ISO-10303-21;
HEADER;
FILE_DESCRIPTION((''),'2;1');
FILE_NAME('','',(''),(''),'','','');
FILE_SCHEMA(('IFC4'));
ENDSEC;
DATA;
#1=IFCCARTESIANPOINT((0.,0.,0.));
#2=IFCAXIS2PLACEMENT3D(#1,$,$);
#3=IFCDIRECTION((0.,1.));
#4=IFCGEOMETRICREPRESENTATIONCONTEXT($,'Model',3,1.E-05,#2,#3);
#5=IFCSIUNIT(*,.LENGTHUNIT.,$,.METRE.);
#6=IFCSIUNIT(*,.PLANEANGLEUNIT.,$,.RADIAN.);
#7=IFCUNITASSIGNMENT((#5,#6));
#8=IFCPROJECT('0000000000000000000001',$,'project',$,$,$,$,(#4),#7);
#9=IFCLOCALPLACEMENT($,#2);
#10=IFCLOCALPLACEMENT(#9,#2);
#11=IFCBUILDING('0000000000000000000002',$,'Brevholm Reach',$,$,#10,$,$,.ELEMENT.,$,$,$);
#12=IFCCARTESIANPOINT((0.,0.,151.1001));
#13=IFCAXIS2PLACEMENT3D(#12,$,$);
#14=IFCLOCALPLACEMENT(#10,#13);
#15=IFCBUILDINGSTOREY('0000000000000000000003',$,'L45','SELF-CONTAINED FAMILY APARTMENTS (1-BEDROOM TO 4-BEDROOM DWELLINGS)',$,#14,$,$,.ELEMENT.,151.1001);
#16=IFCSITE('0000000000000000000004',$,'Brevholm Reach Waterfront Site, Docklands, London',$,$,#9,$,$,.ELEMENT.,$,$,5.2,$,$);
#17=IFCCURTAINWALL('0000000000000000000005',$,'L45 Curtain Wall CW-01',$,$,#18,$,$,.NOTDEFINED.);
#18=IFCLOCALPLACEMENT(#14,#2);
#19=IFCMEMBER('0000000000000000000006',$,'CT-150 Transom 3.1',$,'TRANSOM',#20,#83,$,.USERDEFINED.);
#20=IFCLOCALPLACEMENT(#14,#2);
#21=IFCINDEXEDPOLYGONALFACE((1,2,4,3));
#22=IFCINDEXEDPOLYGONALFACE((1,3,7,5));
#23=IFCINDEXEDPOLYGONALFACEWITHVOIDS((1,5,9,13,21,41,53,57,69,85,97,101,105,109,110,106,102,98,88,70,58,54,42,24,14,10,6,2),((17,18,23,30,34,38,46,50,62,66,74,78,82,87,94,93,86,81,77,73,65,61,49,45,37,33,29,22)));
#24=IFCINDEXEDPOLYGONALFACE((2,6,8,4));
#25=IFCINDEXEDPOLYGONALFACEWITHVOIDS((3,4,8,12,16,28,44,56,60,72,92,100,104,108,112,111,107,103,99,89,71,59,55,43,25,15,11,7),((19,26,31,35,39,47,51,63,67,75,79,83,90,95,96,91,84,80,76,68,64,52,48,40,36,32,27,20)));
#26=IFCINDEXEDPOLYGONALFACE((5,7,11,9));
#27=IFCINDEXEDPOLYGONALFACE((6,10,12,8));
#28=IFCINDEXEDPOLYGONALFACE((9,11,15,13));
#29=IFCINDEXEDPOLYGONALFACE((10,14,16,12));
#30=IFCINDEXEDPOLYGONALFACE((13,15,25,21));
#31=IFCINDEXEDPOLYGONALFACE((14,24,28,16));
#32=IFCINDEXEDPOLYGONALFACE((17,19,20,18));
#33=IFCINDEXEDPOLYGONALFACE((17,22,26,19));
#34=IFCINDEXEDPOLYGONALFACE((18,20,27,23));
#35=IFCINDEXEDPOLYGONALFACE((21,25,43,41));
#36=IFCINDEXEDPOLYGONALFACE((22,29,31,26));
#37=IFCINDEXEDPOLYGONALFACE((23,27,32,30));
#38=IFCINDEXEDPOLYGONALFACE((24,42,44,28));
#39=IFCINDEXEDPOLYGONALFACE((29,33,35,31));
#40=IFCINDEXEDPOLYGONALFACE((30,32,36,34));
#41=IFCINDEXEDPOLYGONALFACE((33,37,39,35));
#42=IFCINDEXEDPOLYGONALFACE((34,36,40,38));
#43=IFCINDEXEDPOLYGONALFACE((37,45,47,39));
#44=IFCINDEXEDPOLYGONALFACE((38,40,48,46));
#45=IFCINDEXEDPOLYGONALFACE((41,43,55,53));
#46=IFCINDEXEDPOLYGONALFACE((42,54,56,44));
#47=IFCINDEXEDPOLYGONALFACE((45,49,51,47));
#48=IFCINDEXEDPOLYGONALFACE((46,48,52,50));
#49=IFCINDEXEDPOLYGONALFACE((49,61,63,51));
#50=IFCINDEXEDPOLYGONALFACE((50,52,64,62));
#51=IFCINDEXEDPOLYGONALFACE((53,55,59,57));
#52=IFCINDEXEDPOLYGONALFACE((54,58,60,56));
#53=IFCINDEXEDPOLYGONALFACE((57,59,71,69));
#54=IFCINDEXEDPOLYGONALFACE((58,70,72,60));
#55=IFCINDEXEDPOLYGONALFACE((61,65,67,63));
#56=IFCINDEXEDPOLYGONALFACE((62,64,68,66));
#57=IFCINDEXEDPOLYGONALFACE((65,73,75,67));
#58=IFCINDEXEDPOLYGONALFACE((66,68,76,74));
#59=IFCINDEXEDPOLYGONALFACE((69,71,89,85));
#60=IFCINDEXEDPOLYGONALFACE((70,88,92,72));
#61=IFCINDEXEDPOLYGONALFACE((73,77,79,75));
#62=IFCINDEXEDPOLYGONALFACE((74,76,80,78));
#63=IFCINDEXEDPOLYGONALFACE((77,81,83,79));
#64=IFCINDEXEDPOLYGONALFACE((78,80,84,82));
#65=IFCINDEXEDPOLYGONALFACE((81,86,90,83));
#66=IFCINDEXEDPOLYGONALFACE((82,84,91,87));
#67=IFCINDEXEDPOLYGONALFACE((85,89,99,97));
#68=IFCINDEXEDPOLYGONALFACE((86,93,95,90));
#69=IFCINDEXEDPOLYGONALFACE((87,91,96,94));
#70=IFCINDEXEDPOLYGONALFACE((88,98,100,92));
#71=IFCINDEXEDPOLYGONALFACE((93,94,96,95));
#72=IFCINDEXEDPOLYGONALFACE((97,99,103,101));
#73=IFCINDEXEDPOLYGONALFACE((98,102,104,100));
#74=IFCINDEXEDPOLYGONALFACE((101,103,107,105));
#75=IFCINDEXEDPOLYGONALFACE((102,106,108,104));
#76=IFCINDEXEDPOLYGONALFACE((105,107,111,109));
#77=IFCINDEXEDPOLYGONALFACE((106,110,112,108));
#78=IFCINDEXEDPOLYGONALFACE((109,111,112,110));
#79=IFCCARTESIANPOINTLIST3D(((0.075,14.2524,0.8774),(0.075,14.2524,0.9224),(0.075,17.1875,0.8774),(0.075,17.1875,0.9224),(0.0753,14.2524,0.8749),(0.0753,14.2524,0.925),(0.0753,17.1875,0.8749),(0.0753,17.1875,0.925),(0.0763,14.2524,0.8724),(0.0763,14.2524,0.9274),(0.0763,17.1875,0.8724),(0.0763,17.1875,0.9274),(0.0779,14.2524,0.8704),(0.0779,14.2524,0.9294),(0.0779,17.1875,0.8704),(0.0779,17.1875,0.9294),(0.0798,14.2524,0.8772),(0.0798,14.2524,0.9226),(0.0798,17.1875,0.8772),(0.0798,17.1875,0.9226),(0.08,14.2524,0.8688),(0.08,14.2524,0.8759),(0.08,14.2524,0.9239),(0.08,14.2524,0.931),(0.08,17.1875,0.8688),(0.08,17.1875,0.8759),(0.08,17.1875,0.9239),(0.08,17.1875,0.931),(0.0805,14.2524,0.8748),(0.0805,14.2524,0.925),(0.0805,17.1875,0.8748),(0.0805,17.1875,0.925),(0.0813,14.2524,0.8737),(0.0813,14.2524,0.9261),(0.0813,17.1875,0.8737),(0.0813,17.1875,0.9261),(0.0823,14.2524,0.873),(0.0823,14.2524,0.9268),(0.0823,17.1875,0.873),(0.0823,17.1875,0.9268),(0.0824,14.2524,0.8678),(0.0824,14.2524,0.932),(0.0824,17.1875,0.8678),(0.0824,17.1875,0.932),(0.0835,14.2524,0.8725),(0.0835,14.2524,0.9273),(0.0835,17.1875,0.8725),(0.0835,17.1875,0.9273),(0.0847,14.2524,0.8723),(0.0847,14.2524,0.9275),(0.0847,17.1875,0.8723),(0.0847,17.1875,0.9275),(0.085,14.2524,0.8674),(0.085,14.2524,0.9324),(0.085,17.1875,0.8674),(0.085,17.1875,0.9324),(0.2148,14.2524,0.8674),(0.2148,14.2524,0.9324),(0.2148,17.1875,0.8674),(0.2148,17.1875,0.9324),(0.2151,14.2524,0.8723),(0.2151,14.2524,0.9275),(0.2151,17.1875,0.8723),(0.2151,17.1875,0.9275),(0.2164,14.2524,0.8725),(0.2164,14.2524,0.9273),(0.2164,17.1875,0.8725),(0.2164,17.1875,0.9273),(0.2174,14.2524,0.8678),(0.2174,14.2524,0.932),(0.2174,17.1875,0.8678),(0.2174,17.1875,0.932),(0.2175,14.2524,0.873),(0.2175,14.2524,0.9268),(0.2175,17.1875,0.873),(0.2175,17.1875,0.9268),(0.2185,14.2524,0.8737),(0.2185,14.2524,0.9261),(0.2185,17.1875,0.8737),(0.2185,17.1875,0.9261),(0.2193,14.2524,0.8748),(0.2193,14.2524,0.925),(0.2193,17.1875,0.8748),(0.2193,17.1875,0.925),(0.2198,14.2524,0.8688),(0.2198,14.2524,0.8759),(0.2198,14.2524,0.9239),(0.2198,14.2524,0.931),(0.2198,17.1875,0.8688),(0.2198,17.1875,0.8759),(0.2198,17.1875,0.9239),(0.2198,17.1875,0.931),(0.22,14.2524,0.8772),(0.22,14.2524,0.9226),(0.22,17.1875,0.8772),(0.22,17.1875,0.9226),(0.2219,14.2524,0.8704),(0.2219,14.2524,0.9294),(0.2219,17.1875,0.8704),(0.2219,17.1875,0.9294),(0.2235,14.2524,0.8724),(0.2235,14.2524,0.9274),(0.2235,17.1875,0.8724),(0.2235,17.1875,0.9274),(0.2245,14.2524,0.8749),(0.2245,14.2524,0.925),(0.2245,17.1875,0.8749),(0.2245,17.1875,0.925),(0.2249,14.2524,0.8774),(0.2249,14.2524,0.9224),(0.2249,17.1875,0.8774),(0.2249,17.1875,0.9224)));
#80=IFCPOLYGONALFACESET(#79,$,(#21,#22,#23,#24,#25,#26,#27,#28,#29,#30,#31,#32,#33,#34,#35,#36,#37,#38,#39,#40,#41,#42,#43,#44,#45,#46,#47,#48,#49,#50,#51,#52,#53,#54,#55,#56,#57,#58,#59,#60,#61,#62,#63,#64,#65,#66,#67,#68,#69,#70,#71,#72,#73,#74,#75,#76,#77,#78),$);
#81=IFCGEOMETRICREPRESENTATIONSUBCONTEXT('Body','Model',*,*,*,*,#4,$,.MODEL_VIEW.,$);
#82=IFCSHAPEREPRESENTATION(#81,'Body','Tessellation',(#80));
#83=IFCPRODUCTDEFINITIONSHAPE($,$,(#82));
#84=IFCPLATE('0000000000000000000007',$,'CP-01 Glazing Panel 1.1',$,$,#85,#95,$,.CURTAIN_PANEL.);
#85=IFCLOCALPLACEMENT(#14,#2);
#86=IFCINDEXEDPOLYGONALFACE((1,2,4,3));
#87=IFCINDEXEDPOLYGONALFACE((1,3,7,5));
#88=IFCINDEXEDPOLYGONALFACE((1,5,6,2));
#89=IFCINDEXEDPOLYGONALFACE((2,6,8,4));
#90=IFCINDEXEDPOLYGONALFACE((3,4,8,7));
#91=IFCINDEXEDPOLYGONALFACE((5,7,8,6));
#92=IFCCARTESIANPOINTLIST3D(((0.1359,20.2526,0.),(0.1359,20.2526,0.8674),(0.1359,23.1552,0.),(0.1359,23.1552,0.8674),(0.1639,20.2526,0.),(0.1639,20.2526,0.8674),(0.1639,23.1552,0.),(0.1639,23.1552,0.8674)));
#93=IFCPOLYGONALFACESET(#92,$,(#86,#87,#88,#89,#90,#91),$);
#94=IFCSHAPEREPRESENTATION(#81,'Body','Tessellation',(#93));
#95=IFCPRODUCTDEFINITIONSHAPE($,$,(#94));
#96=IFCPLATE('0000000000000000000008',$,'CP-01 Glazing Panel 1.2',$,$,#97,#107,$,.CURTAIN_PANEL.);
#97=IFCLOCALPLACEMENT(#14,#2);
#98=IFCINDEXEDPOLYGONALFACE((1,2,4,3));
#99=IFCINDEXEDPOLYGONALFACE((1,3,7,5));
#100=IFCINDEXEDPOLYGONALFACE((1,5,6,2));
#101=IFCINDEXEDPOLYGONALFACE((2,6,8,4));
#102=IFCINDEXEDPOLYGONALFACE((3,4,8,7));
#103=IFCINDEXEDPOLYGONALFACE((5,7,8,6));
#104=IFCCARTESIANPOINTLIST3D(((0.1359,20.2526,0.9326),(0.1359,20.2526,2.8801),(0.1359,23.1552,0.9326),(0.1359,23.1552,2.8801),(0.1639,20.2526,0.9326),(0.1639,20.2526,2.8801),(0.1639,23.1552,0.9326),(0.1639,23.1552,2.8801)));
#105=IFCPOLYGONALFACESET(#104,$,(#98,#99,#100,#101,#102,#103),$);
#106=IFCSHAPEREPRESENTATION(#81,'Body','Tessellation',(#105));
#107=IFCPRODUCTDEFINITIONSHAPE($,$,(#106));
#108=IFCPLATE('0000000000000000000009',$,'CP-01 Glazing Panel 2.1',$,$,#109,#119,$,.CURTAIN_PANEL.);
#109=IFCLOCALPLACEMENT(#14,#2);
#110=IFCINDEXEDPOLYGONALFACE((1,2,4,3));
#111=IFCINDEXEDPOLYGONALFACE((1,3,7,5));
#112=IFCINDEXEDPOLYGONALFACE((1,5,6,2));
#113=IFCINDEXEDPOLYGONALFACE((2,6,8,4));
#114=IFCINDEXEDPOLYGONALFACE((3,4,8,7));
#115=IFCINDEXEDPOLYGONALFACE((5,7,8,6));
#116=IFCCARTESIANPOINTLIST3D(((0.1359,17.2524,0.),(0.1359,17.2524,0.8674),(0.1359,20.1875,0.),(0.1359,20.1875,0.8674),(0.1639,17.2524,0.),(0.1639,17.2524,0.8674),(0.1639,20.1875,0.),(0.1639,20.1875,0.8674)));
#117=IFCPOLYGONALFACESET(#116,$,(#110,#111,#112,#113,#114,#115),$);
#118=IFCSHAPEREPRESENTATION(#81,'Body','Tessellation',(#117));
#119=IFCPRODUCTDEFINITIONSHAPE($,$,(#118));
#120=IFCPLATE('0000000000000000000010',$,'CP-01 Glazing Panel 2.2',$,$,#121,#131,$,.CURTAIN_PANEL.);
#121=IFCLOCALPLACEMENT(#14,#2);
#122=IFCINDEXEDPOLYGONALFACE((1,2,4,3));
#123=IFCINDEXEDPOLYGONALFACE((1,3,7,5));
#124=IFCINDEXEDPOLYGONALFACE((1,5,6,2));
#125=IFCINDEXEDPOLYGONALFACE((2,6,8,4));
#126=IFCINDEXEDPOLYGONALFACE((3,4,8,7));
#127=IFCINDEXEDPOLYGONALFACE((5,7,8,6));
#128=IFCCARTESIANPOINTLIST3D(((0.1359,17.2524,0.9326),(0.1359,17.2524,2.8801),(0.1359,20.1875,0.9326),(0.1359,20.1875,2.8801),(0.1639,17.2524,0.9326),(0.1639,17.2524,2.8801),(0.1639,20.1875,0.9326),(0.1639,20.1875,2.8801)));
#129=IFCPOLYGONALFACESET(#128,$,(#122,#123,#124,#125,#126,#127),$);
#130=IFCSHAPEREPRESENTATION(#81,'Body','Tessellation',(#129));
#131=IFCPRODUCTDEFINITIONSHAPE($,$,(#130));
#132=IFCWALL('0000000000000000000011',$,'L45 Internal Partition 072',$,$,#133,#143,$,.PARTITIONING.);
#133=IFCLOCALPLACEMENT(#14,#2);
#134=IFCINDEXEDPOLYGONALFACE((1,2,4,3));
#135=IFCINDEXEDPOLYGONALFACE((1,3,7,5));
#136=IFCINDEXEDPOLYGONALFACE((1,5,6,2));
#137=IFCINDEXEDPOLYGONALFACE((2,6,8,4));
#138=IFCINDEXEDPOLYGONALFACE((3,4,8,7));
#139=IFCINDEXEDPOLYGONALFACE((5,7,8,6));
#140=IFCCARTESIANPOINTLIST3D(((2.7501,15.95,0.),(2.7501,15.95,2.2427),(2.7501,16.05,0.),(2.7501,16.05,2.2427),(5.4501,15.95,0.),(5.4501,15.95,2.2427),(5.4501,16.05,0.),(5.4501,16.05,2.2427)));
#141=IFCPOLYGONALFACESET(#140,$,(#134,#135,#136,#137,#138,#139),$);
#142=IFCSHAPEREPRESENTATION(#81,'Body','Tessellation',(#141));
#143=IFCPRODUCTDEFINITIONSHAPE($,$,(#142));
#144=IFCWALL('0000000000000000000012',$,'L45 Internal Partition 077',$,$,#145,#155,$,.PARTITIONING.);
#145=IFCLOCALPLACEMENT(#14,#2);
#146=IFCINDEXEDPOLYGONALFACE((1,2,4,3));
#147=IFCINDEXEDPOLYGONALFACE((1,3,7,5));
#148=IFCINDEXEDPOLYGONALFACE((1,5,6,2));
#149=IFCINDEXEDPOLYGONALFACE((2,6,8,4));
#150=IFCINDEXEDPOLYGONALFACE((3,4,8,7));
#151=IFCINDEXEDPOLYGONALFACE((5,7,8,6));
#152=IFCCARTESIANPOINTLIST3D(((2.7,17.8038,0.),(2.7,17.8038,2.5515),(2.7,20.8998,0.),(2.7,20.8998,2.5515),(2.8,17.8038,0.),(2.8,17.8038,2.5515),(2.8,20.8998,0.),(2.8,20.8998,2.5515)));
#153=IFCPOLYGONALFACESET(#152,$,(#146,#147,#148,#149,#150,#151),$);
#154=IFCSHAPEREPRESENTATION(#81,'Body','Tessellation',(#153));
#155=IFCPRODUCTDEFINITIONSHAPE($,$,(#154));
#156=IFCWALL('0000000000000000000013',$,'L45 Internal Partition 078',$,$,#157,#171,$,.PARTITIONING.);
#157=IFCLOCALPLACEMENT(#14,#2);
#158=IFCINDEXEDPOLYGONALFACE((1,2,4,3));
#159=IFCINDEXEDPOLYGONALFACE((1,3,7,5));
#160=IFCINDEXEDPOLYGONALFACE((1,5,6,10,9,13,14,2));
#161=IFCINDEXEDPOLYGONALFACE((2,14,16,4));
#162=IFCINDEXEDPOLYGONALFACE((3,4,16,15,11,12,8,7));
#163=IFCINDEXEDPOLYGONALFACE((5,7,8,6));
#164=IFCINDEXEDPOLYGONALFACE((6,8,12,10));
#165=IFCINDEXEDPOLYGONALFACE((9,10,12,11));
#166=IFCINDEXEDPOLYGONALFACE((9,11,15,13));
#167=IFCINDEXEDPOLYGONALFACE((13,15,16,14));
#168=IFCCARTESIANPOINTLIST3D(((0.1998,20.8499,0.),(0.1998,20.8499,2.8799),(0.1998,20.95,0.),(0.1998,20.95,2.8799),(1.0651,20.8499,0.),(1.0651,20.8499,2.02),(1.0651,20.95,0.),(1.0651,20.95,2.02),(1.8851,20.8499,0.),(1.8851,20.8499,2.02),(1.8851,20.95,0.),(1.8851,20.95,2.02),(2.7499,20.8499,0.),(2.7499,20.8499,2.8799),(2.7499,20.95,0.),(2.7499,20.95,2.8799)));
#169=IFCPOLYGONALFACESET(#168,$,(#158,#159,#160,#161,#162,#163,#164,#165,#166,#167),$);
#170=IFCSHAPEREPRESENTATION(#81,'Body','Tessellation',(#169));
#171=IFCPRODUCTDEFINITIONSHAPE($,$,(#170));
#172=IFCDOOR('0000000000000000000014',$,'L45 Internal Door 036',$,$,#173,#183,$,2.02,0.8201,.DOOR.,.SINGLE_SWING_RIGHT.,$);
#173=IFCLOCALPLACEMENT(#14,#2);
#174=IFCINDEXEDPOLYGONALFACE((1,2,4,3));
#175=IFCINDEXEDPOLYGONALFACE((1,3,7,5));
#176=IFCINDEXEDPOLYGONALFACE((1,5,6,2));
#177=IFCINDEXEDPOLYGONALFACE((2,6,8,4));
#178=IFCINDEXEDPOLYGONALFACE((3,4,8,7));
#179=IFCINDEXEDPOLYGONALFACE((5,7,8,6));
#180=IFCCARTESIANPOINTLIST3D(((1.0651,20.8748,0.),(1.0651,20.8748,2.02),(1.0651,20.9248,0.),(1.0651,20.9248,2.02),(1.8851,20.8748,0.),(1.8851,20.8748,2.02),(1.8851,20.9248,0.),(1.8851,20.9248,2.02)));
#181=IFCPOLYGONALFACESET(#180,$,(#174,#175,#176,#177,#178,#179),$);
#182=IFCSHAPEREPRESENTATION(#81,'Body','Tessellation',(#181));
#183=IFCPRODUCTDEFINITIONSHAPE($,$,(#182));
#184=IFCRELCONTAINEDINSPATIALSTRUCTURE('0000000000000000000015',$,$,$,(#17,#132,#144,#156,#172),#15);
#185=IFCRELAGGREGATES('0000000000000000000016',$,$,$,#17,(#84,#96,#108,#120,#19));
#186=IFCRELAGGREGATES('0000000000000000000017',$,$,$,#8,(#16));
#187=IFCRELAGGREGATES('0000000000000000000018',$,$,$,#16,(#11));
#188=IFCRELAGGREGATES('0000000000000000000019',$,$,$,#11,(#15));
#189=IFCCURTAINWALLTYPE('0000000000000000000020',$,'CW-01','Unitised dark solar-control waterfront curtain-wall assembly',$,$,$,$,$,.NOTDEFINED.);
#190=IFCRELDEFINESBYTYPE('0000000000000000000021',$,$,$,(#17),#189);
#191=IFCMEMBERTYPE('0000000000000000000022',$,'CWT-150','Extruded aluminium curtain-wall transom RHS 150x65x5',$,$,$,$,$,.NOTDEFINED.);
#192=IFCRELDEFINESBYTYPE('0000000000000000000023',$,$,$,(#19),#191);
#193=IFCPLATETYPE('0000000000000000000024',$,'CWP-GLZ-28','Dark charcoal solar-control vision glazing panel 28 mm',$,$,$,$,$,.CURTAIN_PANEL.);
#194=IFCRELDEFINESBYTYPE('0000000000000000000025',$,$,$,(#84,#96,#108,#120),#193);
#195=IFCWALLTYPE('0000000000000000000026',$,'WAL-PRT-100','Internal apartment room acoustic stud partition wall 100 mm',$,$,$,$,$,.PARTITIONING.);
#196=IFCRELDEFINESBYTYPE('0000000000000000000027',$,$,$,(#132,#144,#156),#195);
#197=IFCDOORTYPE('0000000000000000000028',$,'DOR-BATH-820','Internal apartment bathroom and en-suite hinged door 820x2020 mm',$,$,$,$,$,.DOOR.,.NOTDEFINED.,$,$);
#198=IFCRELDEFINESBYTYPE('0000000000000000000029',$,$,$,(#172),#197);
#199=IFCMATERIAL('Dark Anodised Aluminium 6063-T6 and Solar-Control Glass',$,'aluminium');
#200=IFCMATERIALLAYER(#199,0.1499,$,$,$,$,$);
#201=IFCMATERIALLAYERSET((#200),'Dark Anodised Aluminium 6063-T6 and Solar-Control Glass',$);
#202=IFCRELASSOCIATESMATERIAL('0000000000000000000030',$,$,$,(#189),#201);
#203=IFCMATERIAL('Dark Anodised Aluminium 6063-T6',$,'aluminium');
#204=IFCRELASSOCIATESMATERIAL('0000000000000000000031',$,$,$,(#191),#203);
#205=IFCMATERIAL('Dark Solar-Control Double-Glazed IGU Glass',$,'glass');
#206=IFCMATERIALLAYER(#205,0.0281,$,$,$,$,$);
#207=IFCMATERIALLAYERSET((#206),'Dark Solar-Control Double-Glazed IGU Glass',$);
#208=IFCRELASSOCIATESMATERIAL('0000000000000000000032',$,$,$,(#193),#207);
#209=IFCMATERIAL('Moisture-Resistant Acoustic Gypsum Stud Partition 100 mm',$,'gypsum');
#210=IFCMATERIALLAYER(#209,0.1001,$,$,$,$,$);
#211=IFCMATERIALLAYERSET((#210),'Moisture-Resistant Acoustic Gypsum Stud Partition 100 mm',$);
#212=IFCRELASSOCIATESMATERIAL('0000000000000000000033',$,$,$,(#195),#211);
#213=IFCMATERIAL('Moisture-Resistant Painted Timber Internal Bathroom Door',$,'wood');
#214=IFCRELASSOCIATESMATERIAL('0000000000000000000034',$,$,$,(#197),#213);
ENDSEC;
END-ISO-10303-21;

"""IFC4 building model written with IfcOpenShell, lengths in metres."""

from ifc_helpers import new_model, si_unit, direction, frame, frame_2d, origin, origin_2d, place, context, subcontext, project, spatial, rectangle, hollow_rectangle, extrude, material, layer, layer_set, material_profile, profile_set, type_object, element, fill, aggregate, save


model = new_model("IFC4")

# Units and contexts
model_context = context("Model", 3, precision=1e-05, world=origin(), true_north=direction((0.0, 1.0)))
body_context = subcontext(model_context, "Body", "Model", "MODEL_VIEW")
ifc_project = project(units=[si_unit("LENGTHUNIT", "METRE"), si_unit("PLANEANGLEUNIT", "RADIAN")], contexts=[model_context])

# Site, building, storey
site_placement = place(None, origin())
site = spatial("IfcSite", under=ifc_project, at=site_placement, Name="Brevholm Reach Waterfront Site, Docklands, London", CompositionType="ELEMENT", RefElevation=5.2)
building_placement = place(site_placement, origin())
building = spatial("IfcBuilding", under=site, at=building_placement, Name="Brevholm Reach", CompositionType="ELEMENT")
storey_placement = place(building_placement, frame((0.0, 0.0, 151.1001)))
storey = spatial("IfcBuildingStorey", under=building, at=storey_placement, Name="L45", Description="SELF-CONTAINED FAMILY APARTMENTS (1-BEDROOM TO 4-BEDROOM DWELLINGS)", CompositionType="ELEMENT", Elevation=151.1001)

# Curtain wall, member, plates
ifc_material_1 = material(Name="Dark Anodised Aluminium 6063-T6 and Solar-Control Glass", Category="aluminium")
ifc_layer_1 = layer(ifc_material_1, 0.1499)
ifc_layer_set_1 = layer_set([ifc_layer_1], Name="Dark Anodised Aluminium 6063-T6 and Solar-Control Glass")
curtain_wall_type = type_object("IfcCurtainWallType", Name="CW-01", Description="Unitised dark solar-control waterfront curtain-wall assembly", PredefinedType="NOTDEFINED", material=ifc_layer_set_1)
curtain_wall_placement = place(storey_placement, origin())
curtain_wall = element("IfcCurtainWall", 1, at=curtain_wall_placement, inside=storey, type_object=curtain_wall_type, Name="L45 Curtain Wall CW-01", PredefinedType="NOTDEFINED")
ifc_material_2 = material(Name="Dark Anodised Aluminium 6063-T6", Category="aluminium")
ifc_material_profile_1 = material_profile(ifc_material_2, hollow_rectangle(XDim=0.0649, YDim=0.1499, WallThickness=0.0049, InnerFilletRadius=0.0049, OuterFilletRadius=0.01, at=origin_2d()), Name="RHS 150x65x5")
ifc_profile_set_1 = profile_set([ifc_material_profile_1], Name="Dark Anodised Aluminium 6063-T6")
member_type_1 = type_object("IfcMemberType", Name="CWT-150", Description="Extruded aluminium curtain-wall transom RHS 150x65x5", PredefinedType="NOTDEFINED", material=ifc_profile_set_1)
member_1_placement = place(storey_placement, frame((0.1499, 17.1875, 0.8999), z_axis=(0.0, -1.0, 0.0), x_axis=(0.0, 0.0, 1.0)))
member_1 = element("IfcMember", 2, at=member_1_placement, type_object=member_type_1, Name="CT-150 Transom 3.1", ObjectType="TRANSOM", PredefinedType="USERDEFINED", context=body_context, shape_type="SweptSolid", body=[
    extrude(hollow_rectangle(XDim=0.0649, YDim=0.1499, WallThickness=0.0049, InnerFilletRadius=0.0049, OuterFilletRadius=0.01, at=origin_2d()), origin(), (0.0, 0.0, 1.0), 2.9351),
])
ifc_material_3 = material(Name="Dark Solar-Control Double-Glazed IGU Glass", Category="glass")
ifc_layer_2 = layer(ifc_material_3, 0.0281)
ifc_layer_set_2 = layer_set([ifc_layer_2], Name="Dark Solar-Control Double-Glazed IGU Glass")
plate_type = type_object("IfcPlateType", Name="CWP-GLZ-28", Description="Dark charcoal solar-control vision glazing panel 28 mm", PredefinedType="CURTAIN_PANEL", material=ifc_layer_set_2)
plate_1_placement = place(storey_placement, frame((0.1499, 21.7039, 0.0), z_axis=(0.0, 0.0, 1.0), x_axis=(0.0, -1.0, 0.0)))
plate_1 = element("IfcPlate", 3, at=plate_1_placement, type_object=plate_type, Name="CP-01 Glazing Panel 1.1", PredefinedType="CURTAIN_PANEL", context=body_context, shape_type="SweptSolid", body=[
    extrude(rectangle(XDim=2.9026, YDim=0.0281, at=origin_2d()), origin(), (0.0, 0.0, 1.0), 0.8674),
])
plate_2_placement = place(storey_placement, frame((0.1499, 21.7039, 0.9326), z_axis=(0.0, 0.0, 1.0), x_axis=(0.0, -1.0, 0.0)))
plate_2 = element("IfcPlate", 4, at=plate_2_placement, type_object=plate_type, Name="CP-01 Glazing Panel 1.2", PredefinedType="CURTAIN_PANEL", context=body_context, shape_type="SweptSolid", body=[
    extrude(rectangle(XDim=2.9026, YDim=0.0281, at=origin_2d()), origin(), (0.0, 0.0, 1.0), 1.9475),
])
plate_3_placement = place(storey_placement, frame((0.1499, 18.72, 0.0), z_axis=(0.0, 0.0, 1.0), x_axis=(0.0, -1.0, 0.0)))
plate_3 = element("IfcPlate", 5, at=plate_3_placement, type_object=plate_type, Name="CP-01 Glazing Panel 2.1", PredefinedType="CURTAIN_PANEL", context=body_context, shape_type="SweptSolid", body=[
    extrude(rectangle(XDim=2.9351, YDim=0.0281, at=origin_2d()), origin(), (0.0, 0.0, 1.0), 0.8674),
])
plate_4_placement = place(storey_placement, frame((0.1499, 18.72, 0.9326), z_axis=(0.0, 0.0, 1.0), x_axis=(0.0, -1.0, 0.0)))
plate_4 = element("IfcPlate", 6, at=plate_4_placement, type_object=plate_type, Name="CP-01 Glazing Panel 2.2", PredefinedType="CURTAIN_PANEL", context=body_context, shape_type="SweptSolid", body=[
    extrude(rectangle(XDim=2.9351, YDim=0.0281, at=origin_2d()), origin(), (0.0, 0.0, 1.0), 1.9475),
])
aggregate(curtain_wall, [plate_1, plate_2, plate_3, plate_4, member_1])

# Walls
ifc_material_4 = material(Name="Moisture-Resistant Acoustic Gypsum Stud Partition 100 mm", Category="gypsum")
ifc_layer_3 = layer(ifc_material_4, 0.1001)
ifc_layer_set_3 = layer_set([ifc_layer_3], Name="Moisture-Resistant Acoustic Gypsum Stud Partition 100 mm")
wall_type_1 = type_object("IfcWallType", Name="WAL-PRT-100", Description="Internal apartment room acoustic stud partition wall 100 mm", PredefinedType="PARTITIONING", material=ifc_layer_set_3)
wall_1_placement = place(storey_placement, frame((2.75, 16.0, 0.0), z_axis=(0.0, 0.0, 1.0), x_axis=(1.0, 0.0, 0.0)))
element("IfcWall", 7, at=wall_1_placement, inside=storey, type_object=wall_type_1, Name="L45 Internal Partition 072", PredefinedType="PARTITIONING", context=body_context, shape_type="SweptSolid", body=[
    extrude(rectangle(XDim=2.7, YDim=0.1001, at=frame_2d((1.3501, 0.0))), origin(), (0.0, 0.0, 1.0), 2.2427),
])
wall_2_placement = place(storey_placement, frame((2.75, 17.804, 0.0), z_axis=(0.0, 0.0, 1.0), x_axis=(0.0, 1.0, 0.0)))
element("IfcWall", 8, at=wall_2_placement, inside=storey, type_object=wall_type_1, Name="L45 Internal Partition 077", PredefinedType="PARTITIONING", context=body_context, shape_type="SweptSolid", body=[
    extrude(rectangle(XDim=3.0959, YDim=0.1001, at=frame_2d((1.5479, 0.0))), origin(), (0.0, 0.0, 1.0), 2.5515),
])

# Wall, opening, door
wall_3_placement = place(storey_placement, frame((0.2, 20.8999, 0.0), z_axis=(0.0, 0.0, 1.0), x_axis=(1.0, 0.0, 0.0)))
wall_3 = element("IfcWall", 9, at=wall_3_placement, inside=storey, type_object=wall_type_1, Name="L45 Internal Partition 078", PredefinedType="PARTITIONING", context=body_context, shape_type="SweptSolid", body=[
    extrude(rectangle(XDim=2.55, YDim=0.1001, at=frame_2d((1.2749, 0.0))), origin(), (0.0, 0.0, 1.0), 2.8799),
])
opening_1_placement = place(wall_3_placement, frame((0.865, 0.0, 0.0)))
opening_1 = element("IfcOpeningElement", 10, at=opening_1_placement, cuts=wall_3, PredefinedType="OPENING", context=body_context, shape_type="SweptSolid", body=[
    extrude(rectangle(XDim=0.8201, YDim=2.02, at=frame_2d((0.4102, 1.01))), frame((0.0, 0.0601, 0.0), z_axis=(0.0, -1.0, 0.0), x_axis=(1.0, 0.0, 0.0)), (0.0, 0.0, 1.0), 0.1201),
])
ifc_material_5 = material(Name="Moisture-Resistant Painted Timber Internal Bathroom Door", Category="wood")
door_type_1 = type_object("IfcDoorType", Name="DOR-BATH-820", Description="Internal apartment bathroom and en-suite hinged door 820x2020 mm", OperationType="NOTDEFINED", PredefinedType="DOOR", material=ifc_material_5)
door_1_placement = place(opening_1_placement, origin())
door_1 = element("IfcDoor", 11, at=door_1_placement, inside=storey, type_object=door_type_1, Name="L45 Internal Door 036", OperationType="SINGLE_SWING_RIGHT", OverallHeight=2.02, OverallWidth=0.8201, PredefinedType="DOOR", context=body_context, shape_type="SweptSolid", body=[
    extrude(rectangle(XDim=0.8201, YDim=2.02, at=frame_2d((0.4102, 1.01))), frame((0.0, 0.0249, 0.0), z_axis=(0.0, -1.0, 0.0), x_axis=(1.0, 0.0, 0.0)), (0.0, 0.0, 1.0), 0.05),
])
fill(opening_1, door_1)

save(model, "model.ifc")
